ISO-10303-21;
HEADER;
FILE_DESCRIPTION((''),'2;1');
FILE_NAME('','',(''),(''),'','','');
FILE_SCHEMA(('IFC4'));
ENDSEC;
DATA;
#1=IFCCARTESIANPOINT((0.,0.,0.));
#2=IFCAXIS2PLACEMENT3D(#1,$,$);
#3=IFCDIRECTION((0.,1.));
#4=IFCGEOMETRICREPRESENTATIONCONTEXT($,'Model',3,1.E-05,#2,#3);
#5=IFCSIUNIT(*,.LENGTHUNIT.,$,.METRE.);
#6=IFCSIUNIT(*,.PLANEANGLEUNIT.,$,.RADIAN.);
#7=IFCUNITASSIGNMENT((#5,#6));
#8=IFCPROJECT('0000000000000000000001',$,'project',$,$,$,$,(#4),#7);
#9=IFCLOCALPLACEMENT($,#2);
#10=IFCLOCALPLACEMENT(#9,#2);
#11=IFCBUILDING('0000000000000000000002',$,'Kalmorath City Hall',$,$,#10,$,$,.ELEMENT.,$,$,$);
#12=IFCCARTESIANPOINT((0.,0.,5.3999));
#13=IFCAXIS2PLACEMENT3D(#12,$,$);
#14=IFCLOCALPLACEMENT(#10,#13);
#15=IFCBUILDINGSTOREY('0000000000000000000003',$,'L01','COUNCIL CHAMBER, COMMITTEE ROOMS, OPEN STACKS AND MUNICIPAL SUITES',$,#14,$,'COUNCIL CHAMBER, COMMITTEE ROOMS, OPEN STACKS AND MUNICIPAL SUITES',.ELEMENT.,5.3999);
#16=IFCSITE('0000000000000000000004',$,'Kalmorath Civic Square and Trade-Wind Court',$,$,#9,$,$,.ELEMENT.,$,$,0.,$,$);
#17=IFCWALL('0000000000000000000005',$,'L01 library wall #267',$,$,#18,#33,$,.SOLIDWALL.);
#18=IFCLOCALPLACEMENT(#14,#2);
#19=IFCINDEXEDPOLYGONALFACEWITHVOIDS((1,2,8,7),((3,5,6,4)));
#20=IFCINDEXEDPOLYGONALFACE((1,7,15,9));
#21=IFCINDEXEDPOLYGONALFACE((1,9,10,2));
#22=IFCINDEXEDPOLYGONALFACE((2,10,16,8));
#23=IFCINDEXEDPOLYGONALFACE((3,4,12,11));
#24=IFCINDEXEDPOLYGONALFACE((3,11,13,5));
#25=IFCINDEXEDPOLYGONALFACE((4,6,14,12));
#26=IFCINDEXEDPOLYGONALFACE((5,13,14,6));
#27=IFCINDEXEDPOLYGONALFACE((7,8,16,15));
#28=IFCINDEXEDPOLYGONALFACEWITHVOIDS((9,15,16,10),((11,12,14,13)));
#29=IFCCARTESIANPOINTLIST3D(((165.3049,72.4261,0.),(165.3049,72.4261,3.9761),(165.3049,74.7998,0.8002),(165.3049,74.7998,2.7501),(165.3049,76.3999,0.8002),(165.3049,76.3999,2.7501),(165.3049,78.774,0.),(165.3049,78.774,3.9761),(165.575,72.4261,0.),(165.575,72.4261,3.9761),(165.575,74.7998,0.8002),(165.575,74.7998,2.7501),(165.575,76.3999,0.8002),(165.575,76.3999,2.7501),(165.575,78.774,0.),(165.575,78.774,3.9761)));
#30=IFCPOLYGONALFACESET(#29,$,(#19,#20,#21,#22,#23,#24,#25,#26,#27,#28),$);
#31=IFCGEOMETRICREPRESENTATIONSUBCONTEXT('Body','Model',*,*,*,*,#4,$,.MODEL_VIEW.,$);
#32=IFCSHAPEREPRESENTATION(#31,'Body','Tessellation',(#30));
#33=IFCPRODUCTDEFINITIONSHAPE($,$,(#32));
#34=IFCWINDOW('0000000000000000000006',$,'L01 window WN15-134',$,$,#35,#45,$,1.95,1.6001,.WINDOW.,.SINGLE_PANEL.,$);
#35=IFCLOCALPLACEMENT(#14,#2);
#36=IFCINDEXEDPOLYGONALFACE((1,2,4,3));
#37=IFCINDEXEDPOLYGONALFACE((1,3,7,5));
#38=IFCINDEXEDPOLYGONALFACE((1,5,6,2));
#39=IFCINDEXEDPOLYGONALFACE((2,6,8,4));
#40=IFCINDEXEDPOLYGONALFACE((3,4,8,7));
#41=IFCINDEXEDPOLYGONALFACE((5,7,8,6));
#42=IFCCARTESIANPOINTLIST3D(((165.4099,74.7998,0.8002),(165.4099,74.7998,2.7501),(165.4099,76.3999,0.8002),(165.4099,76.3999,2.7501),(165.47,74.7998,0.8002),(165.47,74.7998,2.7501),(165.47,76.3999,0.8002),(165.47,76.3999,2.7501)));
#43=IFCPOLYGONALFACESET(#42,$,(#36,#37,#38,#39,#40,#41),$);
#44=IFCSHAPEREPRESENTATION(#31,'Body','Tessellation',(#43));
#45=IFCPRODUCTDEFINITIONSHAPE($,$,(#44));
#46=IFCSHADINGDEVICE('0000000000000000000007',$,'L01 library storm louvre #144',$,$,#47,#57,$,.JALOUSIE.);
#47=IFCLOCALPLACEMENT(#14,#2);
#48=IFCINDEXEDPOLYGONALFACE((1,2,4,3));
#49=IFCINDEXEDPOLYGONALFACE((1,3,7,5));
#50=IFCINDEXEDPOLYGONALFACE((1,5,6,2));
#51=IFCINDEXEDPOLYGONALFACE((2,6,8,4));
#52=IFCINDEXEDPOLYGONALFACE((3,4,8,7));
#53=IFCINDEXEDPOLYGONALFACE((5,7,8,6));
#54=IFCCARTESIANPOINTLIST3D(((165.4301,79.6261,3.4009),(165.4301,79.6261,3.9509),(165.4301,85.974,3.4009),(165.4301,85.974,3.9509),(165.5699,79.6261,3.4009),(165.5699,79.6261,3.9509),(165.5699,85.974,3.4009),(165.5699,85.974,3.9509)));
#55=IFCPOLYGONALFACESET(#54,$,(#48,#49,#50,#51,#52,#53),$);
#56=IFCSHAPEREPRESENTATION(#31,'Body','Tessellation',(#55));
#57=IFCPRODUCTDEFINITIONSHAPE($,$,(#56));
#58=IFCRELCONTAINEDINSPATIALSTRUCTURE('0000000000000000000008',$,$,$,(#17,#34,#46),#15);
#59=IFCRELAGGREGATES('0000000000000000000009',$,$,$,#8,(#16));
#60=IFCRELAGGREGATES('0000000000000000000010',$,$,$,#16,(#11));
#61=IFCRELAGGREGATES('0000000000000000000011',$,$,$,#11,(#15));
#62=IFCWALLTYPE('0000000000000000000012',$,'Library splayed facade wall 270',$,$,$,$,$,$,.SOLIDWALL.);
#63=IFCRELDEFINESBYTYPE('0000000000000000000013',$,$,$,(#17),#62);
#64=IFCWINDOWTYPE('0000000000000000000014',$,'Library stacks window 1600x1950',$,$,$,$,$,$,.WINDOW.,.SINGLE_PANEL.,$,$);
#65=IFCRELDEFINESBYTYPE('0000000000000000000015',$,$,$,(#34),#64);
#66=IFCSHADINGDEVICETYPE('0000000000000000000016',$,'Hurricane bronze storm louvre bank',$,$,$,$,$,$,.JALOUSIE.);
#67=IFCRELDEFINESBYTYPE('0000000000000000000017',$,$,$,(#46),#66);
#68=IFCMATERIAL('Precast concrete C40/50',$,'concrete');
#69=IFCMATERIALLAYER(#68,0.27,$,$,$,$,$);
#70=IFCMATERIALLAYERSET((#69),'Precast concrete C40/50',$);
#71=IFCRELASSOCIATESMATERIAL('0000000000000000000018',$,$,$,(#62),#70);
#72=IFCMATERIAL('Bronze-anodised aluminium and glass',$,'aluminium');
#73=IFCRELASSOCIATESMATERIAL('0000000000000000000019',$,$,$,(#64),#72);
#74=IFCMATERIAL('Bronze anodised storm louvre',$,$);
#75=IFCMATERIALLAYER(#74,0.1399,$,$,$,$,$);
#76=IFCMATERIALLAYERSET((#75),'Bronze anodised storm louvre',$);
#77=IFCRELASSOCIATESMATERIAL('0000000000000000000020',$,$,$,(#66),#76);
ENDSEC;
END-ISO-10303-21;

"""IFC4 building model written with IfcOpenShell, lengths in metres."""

from ifc_helpers import new_model, si_unit, direction, frame, frame_2d, origin, origin_2d, place, context, subcontext, project, spatial, rectangle, extrude, material, layer, layer_set, type_object, element, fill, save


model = new_model("IFC4")

# Units and contexts
model_context = context("Model", 3, precision=1e-05, world=origin(), true_north=direction((0.0, 1.0)))
body_context = subcontext(model_context, "Body", "Model", "MODEL_VIEW")
ifc_project = project(units=[si_unit("LENGTHUNIT", "METRE"), si_unit("PLANEANGLEUNIT", "RADIAN")], contexts=[model_context])

# Site, building, storey
site_placement = place(None, origin())
site = spatial("IfcSite", under=ifc_project, at=site_placement, Name="Kalmorath Civic Square and Trade-Wind Court", CompositionType="ELEMENT", RefElevation=0.0)
building_placement = place(site_placement, origin())
building = spatial("IfcBuilding", under=site, at=building_placement, Name="Kalmorath City Hall", CompositionType="ELEMENT")
storey_placement = place(building_placement, frame((0.0, 0.0, 5.3999)))
storey = spatial("IfcBuildingStorey", under=building, at=storey_placement, Name="L01", Description="COUNCIL CHAMBER, COMMITTEE ROOMS, OPEN STACKS AND MUNICIPAL SUITES", LongName="COUNCIL CHAMBER, COMMITTEE ROOMS, OPEN STACKS AND MUNICIPAL SUITES", CompositionType="ELEMENT", Elevation=5.3999)

# Wall, opening, window
ifc_material_1 = material(Name="Precast concrete C40/50", Category="concrete")
ifc_layer_1 = layer(ifc_material_1, 0.27)
ifc_layer_set_1 = layer_set([ifc_layer_1], Name="Precast concrete C40/50")
wall_type = type_object("IfcWallType", Name="Library splayed facade wall 270", PredefinedType="SOLIDWALL", material=ifc_layer_set_1)
wall_placement = place(storey_placement, frame((165.4399, 78.7739, 0.0), z_axis=(0.0, 0.0, 1.0), x_axis=(0.0, -1.0, 0.0)))
wall = element("IfcWall", 1, at=wall_placement, inside=storey, type_object=wall_type, Name="L01 library wall #267", PredefinedType="SOLIDWALL", context=body_context, shape_type="SweptSolid", body=[
    extrude(rectangle(XDim=6.3479, YDim=0.27, at=frame_2d((3.1738, 0.0))), origin(), (0.0, 0.0, 1.0), 3.9761),
])
opening_placement = place(wall_placement, frame((2.374, 0.0, 0.8)))
opening = element("IfcOpeningElement", 2, at=opening_placement, cuts=wall, PredefinedType="OPENING", context=body_context, shape_type="SweptSolid", body=[
    extrude(rectangle(XDim=1.6001, YDim=1.95, at=frame_2d((0.8, 0.9751))), frame((0.0, 0.145, 0.0), z_axis=(0.0, -1.0, 0.0), x_axis=(1.0, 0.0, 0.0)), (0.0, 0.0, 1.0), 0.29),
])
ifc_material_2 = material(Name="Bronze-anodised aluminium and glass", Category="aluminium")
window_type = type_object("IfcWindowType", Name="Library stacks window 1600x1950", PartitioningType="SINGLE_PANEL", PredefinedType="WINDOW", material=ifc_material_2)
window_placement = place(opening_placement, origin())
window = element("IfcWindow", 3, at=window_placement, inside=storey, type_object=window_type, Name="L01 window WN15-134", OverallHeight=1.95, OverallWidth=1.6001, PartitioningType="SINGLE_PANEL", PredefinedType="WINDOW", context=body_context, shape_type="SweptSolid", body=[
    extrude(rectangle(XDim=1.6001, YDim=1.95, at=frame_2d((0.8, 0.9751))), frame((0.0, 0.03, 0.0), z_axis=(0.0, -1.0, 0.0), x_axis=(1.0, 0.0, 0.0)), (0.0, 0.0, 1.0), 0.0601),
])
fill(opening, window)

# Shading device
ifc_material_3 = material(Name="Bronze anodised storm louvre")
ifc_layer_2 = layer(ifc_material_3, 0.1399)
ifc_layer_set_2 = layer_set([ifc_layer_2], Name="Bronze anodised storm louvre")
shading_device_type = type_object("IfcShadingDeviceType", Name="Hurricane bronze storm louvre bank", PredefinedType="JALOUSIE", material=ifc_layer_set_2)
shading_device_placement = place(storey_placement, frame((165.5, 82.8, 3.4009), z_axis=(0.0, 0.0, 1.0), x_axis=(0.0, -1.0, 0.0)))
element("IfcShadingDevice", 4, at=shading_device_placement, inside=storey, type_object=shading_device_type, Name="L01 library storm louvre #144", PredefinedType="JALOUSIE", context=body_context, shape_type="SweptSolid", body=[
    extrude(rectangle(XDim=6.3479, YDim=0.1399, at=origin_2d()), origin(), (0.0, 0.0, 1.0), 0.55),
])

save(model, "model.ifc")
